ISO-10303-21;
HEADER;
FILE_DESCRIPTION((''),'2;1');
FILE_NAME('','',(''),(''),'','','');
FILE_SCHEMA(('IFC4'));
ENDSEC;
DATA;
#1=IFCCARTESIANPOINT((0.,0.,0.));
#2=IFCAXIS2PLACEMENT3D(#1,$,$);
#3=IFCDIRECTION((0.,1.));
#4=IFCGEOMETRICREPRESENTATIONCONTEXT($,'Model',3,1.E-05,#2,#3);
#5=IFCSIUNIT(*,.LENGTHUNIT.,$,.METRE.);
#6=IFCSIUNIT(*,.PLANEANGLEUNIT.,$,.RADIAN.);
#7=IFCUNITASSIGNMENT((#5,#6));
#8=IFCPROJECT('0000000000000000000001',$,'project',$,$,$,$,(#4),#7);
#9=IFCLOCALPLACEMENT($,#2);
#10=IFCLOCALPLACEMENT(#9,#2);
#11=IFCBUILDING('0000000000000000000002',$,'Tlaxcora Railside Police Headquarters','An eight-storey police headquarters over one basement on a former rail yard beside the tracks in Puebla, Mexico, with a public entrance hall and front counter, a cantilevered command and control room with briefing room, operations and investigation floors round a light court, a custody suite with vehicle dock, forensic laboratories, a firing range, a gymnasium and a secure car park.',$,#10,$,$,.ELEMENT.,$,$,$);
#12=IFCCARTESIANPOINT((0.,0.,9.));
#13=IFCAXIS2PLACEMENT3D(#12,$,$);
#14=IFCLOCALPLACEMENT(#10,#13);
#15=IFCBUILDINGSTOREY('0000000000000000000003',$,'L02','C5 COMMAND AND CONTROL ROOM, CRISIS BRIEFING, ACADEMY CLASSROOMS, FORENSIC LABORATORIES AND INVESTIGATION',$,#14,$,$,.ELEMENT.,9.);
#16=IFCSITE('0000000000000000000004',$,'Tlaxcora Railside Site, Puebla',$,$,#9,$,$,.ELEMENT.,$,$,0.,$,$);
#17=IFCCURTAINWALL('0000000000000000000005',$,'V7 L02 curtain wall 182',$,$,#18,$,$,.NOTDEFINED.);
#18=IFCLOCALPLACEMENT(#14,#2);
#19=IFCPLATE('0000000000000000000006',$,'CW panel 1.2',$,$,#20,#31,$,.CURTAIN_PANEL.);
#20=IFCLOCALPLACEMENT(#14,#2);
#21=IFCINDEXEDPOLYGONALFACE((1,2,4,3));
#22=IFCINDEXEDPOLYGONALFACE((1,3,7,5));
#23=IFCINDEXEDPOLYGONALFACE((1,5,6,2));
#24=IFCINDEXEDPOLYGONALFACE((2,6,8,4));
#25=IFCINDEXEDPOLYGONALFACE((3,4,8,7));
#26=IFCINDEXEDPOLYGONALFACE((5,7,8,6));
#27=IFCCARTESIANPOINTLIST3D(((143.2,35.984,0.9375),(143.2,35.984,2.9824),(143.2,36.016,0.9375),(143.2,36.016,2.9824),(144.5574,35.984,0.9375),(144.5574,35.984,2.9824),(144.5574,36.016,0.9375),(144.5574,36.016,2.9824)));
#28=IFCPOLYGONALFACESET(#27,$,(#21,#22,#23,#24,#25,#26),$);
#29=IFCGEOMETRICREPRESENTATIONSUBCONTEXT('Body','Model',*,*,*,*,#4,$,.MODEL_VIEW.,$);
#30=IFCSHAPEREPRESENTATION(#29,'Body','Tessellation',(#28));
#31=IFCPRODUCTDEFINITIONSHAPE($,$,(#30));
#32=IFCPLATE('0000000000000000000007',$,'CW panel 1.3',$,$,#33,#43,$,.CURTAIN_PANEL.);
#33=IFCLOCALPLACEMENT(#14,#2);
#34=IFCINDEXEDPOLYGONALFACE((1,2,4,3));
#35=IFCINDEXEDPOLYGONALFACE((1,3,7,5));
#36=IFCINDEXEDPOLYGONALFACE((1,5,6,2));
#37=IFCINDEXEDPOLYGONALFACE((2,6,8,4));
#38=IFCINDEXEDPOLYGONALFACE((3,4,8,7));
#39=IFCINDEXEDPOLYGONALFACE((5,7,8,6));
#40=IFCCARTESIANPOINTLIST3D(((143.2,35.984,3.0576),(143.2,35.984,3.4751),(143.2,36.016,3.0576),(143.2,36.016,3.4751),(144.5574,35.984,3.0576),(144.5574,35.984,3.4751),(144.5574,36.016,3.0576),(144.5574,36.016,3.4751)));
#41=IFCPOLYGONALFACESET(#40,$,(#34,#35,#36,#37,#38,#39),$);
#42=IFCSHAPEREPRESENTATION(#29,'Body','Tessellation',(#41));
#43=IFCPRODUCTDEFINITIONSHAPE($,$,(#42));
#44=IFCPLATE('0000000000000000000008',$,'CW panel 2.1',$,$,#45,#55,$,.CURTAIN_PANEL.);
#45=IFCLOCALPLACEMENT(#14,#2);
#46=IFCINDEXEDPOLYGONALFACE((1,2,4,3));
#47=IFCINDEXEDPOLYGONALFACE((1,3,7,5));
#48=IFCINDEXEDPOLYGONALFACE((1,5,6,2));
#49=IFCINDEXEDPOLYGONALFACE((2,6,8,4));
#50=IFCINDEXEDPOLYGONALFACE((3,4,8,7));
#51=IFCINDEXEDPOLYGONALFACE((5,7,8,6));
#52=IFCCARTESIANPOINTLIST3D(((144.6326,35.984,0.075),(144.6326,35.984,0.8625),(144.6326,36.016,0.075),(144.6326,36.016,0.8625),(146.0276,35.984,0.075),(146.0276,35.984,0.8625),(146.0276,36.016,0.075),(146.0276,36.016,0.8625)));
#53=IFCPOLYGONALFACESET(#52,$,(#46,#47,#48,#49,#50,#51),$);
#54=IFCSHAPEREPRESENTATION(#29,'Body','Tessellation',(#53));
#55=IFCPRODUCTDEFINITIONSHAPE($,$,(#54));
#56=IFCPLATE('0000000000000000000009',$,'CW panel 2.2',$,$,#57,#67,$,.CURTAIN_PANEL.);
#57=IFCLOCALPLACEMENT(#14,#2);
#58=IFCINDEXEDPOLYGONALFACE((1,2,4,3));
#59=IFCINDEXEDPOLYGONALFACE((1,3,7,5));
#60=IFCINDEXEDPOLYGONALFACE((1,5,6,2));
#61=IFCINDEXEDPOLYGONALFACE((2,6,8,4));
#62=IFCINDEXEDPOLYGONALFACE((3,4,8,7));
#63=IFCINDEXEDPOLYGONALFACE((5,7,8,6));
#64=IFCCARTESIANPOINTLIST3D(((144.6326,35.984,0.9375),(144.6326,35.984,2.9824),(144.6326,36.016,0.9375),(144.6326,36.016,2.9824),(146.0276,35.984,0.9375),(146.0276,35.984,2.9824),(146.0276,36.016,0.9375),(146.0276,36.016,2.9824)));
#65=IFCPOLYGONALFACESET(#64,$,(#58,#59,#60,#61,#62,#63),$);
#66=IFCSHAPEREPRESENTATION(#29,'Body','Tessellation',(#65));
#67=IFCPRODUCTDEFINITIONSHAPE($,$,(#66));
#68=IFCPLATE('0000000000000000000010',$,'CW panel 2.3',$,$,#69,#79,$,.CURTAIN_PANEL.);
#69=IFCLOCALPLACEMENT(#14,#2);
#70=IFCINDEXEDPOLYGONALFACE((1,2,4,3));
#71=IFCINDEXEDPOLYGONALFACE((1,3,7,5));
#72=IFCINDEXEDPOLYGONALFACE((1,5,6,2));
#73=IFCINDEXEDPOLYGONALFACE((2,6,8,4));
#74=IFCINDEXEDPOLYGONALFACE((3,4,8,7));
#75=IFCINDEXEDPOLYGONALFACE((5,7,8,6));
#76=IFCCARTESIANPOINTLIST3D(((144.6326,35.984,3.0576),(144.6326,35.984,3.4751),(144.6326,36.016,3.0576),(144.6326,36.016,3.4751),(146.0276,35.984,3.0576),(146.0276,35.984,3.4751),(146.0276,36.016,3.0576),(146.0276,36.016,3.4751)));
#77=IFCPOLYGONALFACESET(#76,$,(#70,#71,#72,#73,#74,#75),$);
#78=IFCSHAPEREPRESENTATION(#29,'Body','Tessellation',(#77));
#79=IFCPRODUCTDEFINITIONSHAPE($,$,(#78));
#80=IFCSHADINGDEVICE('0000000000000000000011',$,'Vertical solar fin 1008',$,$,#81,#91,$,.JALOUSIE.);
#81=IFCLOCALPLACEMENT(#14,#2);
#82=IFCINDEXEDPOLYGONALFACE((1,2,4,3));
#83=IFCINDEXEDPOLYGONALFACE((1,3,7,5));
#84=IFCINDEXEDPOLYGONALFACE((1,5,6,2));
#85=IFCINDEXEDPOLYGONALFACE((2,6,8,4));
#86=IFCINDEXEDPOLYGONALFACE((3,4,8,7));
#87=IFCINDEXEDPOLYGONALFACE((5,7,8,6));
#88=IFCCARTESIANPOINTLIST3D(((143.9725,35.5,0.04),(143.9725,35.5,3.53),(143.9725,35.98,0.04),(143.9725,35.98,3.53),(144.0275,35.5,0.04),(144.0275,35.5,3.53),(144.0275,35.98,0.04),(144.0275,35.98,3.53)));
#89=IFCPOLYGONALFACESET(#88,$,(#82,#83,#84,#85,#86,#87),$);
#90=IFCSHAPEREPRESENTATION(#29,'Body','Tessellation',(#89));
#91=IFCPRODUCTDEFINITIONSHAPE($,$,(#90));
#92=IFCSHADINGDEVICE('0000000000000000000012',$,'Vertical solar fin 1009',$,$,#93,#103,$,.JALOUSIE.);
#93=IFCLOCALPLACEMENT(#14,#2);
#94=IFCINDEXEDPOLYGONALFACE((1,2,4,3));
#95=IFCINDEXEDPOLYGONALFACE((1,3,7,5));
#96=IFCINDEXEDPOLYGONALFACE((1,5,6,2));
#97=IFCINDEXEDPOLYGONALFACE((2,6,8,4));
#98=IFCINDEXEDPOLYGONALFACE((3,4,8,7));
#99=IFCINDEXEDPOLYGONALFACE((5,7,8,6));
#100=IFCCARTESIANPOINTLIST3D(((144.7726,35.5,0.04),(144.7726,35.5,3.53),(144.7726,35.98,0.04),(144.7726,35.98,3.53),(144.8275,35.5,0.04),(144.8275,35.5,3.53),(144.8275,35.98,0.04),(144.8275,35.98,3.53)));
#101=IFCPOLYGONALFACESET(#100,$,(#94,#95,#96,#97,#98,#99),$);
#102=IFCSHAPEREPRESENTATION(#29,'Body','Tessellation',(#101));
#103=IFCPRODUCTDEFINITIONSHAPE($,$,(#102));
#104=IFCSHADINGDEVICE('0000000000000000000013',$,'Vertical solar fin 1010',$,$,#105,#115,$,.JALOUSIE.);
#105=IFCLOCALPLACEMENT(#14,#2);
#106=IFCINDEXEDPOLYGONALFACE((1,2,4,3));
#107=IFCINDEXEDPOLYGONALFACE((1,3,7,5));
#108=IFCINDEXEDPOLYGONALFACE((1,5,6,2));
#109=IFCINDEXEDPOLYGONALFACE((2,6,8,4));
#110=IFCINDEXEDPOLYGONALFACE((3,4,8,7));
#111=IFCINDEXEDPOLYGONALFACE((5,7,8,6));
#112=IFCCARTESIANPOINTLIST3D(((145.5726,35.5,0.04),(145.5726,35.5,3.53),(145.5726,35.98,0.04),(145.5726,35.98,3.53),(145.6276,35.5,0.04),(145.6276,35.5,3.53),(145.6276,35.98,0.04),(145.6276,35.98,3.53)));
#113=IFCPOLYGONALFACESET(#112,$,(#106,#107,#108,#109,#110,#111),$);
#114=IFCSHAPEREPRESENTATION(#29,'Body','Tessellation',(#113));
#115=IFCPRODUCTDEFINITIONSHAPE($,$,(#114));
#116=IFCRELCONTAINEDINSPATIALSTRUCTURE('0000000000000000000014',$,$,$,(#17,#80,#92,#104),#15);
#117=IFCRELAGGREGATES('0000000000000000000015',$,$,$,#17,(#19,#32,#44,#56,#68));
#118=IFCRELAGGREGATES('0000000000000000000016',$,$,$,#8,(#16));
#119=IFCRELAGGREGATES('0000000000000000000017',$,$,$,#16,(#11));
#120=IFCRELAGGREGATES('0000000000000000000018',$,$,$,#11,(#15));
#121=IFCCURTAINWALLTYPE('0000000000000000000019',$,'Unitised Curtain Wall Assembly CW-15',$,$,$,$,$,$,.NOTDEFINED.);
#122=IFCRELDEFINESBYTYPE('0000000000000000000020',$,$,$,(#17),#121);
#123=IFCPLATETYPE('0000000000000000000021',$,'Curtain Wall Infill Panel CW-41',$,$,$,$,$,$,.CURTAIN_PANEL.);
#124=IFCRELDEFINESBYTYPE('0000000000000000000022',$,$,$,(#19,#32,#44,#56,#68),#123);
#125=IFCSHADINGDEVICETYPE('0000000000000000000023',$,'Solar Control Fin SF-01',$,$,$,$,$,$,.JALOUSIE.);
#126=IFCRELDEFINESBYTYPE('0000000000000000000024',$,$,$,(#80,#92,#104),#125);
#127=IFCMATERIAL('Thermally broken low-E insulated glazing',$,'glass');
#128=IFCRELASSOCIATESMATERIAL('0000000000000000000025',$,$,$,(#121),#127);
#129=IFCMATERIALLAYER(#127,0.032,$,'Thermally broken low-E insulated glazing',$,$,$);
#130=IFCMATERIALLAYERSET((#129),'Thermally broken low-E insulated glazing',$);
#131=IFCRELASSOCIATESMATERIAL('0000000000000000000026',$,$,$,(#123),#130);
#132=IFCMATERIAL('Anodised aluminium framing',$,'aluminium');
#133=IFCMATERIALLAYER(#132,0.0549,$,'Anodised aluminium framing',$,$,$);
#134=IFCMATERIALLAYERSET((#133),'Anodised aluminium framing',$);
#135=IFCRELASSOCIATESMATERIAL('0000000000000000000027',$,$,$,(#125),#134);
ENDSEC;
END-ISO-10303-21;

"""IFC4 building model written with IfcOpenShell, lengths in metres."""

from ifc_helpers import new_model, si_unit, direction, frame, origin, origin_2d, place, context, subcontext, project, spatial, rectangle, extrude, material, layer, layer_set, type_object, element, aggregate, save


model = new_model("IFC4")

# Units and contexts
model_context = context("Model", 3, precision=1e-05, world=origin(), true_north=direction((0.0, 1.0)))
body_context = subcontext(model_context, "Body", "Model", "MODEL_VIEW")
ifc_project = project(units=[si_unit("LENGTHUNIT", "METRE"), si_unit("PLANEANGLEUNIT", "RADIAN")], contexts=[model_context])

# Site, building, storey
site_placement = place(None, origin())
site = spatial("IfcSite", under=ifc_project, at=site_placement, Name="Tlaxcora Railside Site, Puebla", CompositionType="ELEMENT", RefElevation=0.0)
building_placement = place(site_placement, origin())
building = spatial("IfcBuilding", under=site, at=building_placement, Name="Tlaxcora Railside Police Headquarters", Description="An eight-storey police headquarters over one basement on a former rail yard beside the tracks in Puebla, Mexico, with a public entrance hall and front counter, a cantilevered command and control room with briefing room, operations and investigation floors round a light court, a custody suite with vehicle dock, forensic laboratories, a firing range, a gymnasium and a secure car park.", CompositionType="ELEMENT")
storey_placement = place(building_placement, frame((0.0, 0.0, 9.0)))
storey = spatial("IfcBuildingStorey", under=building, at=storey_placement, Name="L02", Description="C5 COMMAND AND CONTROL ROOM, CRISIS BRIEFING, ACADEMY CLASSROOMS, FORENSIC LABORATORIES AND INVESTIGATION", CompositionType="ELEMENT", Elevation=9.0)

# Curtain wall, plates
ifc_material_1 = material(Name="Thermally broken low-E insulated glazing", Category="glass")
curtain_wall_type = type_object("IfcCurtainWallType", Name="Unitised Curtain Wall Assembly CW-15", PredefinedType="NOTDEFINED", material=ifc_material_1)
curtain_wall_placement = place(storey_placement, origin())
curtain_wall = element("IfcCurtainWall", 1, at=curtain_wall_placement, inside=storey, type_object=curtain_wall_type, Name="V7 L02 curtain wall 182", PredefinedType="NOTDEFINED")
ifc_material_2 = material(Name="Anodised aluminium framing", Category="aluminium")
ifc_layer_1 = layer(ifc_material_1, 0.032, Name="Thermally broken low-E insulated glazing")
ifc_layer_set_1 = layer_set([ifc_layer_1], Name="Thermally broken low-E insulated glazing")
plate_type = type_object("IfcPlateType", Name="Curtain Wall Infill Panel CW-41", PredefinedType="CURTAIN_PANEL", material=ifc_layer_set_1)
plate_1_placement = place(storey_placement, frame((143.8787, 36.0, 0.9375), z_axis=(0.0, 0.0, 1.0), x_axis=(1.0, 0.0, 0.0)))
plate_1 = element("IfcPlate", 2, at=plate_1_placement, type_object=plate_type, Name="CW panel 1.2", PredefinedType="CURTAIN_PANEL", context=body_context, shape_type="SweptSolid", body=[
    extrude(rectangle(XDim=1.3574, YDim=0.032, at=origin_2d()), origin(), (0.0, 0.0, 1.0), 2.0449),
])
plate_2_placement = place(storey_placement, frame((143.8787, 36.0, 3.0576), z_axis=(0.0, 0.0, 1.0), x_axis=(1.0, 0.0, 0.0)))
plate_2 = element("IfcPlate", 3, at=plate_2_placement, type_object=plate_type, Name="CW panel 1.3", PredefinedType="CURTAIN_PANEL", context=body_context, shape_type="SweptSolid", body=[
    extrude(rectangle(XDim=1.3574, YDim=0.032, at=origin_2d()), origin(), (0.0, 0.0, 1.0), 0.4175),
])
plate_3_placement = place(storey_placement, frame((145.3301, 36.0, 0.075), z_axis=(0.0, 0.0, 1.0), x_axis=(1.0, 0.0, 0.0)))
plate_3 = element("IfcPlate", 4, at=plate_3_placement, type_object=plate_type, Name="CW panel 2.1", PredefinedType="CURTAIN_PANEL", context=body_context, shape_type="SweptSolid", body=[
    extrude(rectangle(XDim=1.395, YDim=0.032, at=origin_2d()), origin(), (0.0, 0.0, 1.0), 0.7876),
])
plate_4_placement = place(storey_placement, frame((145.3301, 36.0, 0.9375), z_axis=(0.0, 0.0, 1.0), x_axis=(1.0, 0.0, 0.0)))
plate_4 = element("IfcPlate", 5, at=plate_4_placement, type_object=plate_type, Name="CW panel 2.2", PredefinedType="CURTAIN_PANEL", context=body_context, shape_type="SweptSolid", body=[
    extrude(rectangle(XDim=1.395, YDim=0.032, at=origin_2d()), origin(), (0.0, 0.0, 1.0), 2.0449),
])
plate_5_placement = place(storey_placement, frame((145.3301, 36.0, 3.0576), z_axis=(0.0, 0.0, 1.0), x_axis=(1.0, 0.0, 0.0)))
plate_5 = element("IfcPlate", 6, at=plate_5_placement, type_object=plate_type, Name="CW panel 2.3", PredefinedType="CURTAIN_PANEL", context=body_context, shape_type="SweptSolid", body=[
    extrude(rectangle(XDim=1.395, YDim=0.032, at=origin_2d()), origin(), (0.0, 0.0, 1.0), 0.4175),
])
aggregate(curtain_wall, [plate_1, plate_2, plate_3, plate_4, plate_5])

# Shading devices
ifc_layer_2 = layer(ifc_material_2, 0.0549, Name="Anodised aluminium framing")
ifc_layer_set_2 = layer_set([ifc_layer_2], Name="Anodised aluminium framing")
shading_device_type = type_object("IfcShadingDeviceType", Name="Solar Control Fin SF-01", PredefinedType="JALOUSIE", material=ifc_layer_set_2)
for number, where, z_axis, x_axis, name in (
    (7, (144.0, 35.74, 0.04), (0.0, 0.0, 1.0), (0.0, -1.0, 0.0), "Vertical solar fin 1008"),
    (8, (144.8, 35.74, 0.04), (0.0, 0.0, 1.0), (0.0, -1.0, 0.0), "Vertical solar fin 1009"),
    (9, (145.6001, 35.74, 0.04), (0.0, 0.0, 1.0), (0.0, -1.0, 0.0), "Vertical solar fin 1010"),
):
    element("IfcShadingDevice", number, at=place(storey_placement, frame(where, z_axis=z_axis, x_axis=x_axis)), inside=storey, type_object=shading_device_type, Name=name, PredefinedType="JALOUSIE", context=body_context, shape_type="SweptSolid", body=[
        extrude(rectangle(XDim=0.48, YDim=0.0549, at=origin_2d()), origin(), (0.0, 0.0, 1.0), 3.49),
    ])

save(model, "model.ifc")
